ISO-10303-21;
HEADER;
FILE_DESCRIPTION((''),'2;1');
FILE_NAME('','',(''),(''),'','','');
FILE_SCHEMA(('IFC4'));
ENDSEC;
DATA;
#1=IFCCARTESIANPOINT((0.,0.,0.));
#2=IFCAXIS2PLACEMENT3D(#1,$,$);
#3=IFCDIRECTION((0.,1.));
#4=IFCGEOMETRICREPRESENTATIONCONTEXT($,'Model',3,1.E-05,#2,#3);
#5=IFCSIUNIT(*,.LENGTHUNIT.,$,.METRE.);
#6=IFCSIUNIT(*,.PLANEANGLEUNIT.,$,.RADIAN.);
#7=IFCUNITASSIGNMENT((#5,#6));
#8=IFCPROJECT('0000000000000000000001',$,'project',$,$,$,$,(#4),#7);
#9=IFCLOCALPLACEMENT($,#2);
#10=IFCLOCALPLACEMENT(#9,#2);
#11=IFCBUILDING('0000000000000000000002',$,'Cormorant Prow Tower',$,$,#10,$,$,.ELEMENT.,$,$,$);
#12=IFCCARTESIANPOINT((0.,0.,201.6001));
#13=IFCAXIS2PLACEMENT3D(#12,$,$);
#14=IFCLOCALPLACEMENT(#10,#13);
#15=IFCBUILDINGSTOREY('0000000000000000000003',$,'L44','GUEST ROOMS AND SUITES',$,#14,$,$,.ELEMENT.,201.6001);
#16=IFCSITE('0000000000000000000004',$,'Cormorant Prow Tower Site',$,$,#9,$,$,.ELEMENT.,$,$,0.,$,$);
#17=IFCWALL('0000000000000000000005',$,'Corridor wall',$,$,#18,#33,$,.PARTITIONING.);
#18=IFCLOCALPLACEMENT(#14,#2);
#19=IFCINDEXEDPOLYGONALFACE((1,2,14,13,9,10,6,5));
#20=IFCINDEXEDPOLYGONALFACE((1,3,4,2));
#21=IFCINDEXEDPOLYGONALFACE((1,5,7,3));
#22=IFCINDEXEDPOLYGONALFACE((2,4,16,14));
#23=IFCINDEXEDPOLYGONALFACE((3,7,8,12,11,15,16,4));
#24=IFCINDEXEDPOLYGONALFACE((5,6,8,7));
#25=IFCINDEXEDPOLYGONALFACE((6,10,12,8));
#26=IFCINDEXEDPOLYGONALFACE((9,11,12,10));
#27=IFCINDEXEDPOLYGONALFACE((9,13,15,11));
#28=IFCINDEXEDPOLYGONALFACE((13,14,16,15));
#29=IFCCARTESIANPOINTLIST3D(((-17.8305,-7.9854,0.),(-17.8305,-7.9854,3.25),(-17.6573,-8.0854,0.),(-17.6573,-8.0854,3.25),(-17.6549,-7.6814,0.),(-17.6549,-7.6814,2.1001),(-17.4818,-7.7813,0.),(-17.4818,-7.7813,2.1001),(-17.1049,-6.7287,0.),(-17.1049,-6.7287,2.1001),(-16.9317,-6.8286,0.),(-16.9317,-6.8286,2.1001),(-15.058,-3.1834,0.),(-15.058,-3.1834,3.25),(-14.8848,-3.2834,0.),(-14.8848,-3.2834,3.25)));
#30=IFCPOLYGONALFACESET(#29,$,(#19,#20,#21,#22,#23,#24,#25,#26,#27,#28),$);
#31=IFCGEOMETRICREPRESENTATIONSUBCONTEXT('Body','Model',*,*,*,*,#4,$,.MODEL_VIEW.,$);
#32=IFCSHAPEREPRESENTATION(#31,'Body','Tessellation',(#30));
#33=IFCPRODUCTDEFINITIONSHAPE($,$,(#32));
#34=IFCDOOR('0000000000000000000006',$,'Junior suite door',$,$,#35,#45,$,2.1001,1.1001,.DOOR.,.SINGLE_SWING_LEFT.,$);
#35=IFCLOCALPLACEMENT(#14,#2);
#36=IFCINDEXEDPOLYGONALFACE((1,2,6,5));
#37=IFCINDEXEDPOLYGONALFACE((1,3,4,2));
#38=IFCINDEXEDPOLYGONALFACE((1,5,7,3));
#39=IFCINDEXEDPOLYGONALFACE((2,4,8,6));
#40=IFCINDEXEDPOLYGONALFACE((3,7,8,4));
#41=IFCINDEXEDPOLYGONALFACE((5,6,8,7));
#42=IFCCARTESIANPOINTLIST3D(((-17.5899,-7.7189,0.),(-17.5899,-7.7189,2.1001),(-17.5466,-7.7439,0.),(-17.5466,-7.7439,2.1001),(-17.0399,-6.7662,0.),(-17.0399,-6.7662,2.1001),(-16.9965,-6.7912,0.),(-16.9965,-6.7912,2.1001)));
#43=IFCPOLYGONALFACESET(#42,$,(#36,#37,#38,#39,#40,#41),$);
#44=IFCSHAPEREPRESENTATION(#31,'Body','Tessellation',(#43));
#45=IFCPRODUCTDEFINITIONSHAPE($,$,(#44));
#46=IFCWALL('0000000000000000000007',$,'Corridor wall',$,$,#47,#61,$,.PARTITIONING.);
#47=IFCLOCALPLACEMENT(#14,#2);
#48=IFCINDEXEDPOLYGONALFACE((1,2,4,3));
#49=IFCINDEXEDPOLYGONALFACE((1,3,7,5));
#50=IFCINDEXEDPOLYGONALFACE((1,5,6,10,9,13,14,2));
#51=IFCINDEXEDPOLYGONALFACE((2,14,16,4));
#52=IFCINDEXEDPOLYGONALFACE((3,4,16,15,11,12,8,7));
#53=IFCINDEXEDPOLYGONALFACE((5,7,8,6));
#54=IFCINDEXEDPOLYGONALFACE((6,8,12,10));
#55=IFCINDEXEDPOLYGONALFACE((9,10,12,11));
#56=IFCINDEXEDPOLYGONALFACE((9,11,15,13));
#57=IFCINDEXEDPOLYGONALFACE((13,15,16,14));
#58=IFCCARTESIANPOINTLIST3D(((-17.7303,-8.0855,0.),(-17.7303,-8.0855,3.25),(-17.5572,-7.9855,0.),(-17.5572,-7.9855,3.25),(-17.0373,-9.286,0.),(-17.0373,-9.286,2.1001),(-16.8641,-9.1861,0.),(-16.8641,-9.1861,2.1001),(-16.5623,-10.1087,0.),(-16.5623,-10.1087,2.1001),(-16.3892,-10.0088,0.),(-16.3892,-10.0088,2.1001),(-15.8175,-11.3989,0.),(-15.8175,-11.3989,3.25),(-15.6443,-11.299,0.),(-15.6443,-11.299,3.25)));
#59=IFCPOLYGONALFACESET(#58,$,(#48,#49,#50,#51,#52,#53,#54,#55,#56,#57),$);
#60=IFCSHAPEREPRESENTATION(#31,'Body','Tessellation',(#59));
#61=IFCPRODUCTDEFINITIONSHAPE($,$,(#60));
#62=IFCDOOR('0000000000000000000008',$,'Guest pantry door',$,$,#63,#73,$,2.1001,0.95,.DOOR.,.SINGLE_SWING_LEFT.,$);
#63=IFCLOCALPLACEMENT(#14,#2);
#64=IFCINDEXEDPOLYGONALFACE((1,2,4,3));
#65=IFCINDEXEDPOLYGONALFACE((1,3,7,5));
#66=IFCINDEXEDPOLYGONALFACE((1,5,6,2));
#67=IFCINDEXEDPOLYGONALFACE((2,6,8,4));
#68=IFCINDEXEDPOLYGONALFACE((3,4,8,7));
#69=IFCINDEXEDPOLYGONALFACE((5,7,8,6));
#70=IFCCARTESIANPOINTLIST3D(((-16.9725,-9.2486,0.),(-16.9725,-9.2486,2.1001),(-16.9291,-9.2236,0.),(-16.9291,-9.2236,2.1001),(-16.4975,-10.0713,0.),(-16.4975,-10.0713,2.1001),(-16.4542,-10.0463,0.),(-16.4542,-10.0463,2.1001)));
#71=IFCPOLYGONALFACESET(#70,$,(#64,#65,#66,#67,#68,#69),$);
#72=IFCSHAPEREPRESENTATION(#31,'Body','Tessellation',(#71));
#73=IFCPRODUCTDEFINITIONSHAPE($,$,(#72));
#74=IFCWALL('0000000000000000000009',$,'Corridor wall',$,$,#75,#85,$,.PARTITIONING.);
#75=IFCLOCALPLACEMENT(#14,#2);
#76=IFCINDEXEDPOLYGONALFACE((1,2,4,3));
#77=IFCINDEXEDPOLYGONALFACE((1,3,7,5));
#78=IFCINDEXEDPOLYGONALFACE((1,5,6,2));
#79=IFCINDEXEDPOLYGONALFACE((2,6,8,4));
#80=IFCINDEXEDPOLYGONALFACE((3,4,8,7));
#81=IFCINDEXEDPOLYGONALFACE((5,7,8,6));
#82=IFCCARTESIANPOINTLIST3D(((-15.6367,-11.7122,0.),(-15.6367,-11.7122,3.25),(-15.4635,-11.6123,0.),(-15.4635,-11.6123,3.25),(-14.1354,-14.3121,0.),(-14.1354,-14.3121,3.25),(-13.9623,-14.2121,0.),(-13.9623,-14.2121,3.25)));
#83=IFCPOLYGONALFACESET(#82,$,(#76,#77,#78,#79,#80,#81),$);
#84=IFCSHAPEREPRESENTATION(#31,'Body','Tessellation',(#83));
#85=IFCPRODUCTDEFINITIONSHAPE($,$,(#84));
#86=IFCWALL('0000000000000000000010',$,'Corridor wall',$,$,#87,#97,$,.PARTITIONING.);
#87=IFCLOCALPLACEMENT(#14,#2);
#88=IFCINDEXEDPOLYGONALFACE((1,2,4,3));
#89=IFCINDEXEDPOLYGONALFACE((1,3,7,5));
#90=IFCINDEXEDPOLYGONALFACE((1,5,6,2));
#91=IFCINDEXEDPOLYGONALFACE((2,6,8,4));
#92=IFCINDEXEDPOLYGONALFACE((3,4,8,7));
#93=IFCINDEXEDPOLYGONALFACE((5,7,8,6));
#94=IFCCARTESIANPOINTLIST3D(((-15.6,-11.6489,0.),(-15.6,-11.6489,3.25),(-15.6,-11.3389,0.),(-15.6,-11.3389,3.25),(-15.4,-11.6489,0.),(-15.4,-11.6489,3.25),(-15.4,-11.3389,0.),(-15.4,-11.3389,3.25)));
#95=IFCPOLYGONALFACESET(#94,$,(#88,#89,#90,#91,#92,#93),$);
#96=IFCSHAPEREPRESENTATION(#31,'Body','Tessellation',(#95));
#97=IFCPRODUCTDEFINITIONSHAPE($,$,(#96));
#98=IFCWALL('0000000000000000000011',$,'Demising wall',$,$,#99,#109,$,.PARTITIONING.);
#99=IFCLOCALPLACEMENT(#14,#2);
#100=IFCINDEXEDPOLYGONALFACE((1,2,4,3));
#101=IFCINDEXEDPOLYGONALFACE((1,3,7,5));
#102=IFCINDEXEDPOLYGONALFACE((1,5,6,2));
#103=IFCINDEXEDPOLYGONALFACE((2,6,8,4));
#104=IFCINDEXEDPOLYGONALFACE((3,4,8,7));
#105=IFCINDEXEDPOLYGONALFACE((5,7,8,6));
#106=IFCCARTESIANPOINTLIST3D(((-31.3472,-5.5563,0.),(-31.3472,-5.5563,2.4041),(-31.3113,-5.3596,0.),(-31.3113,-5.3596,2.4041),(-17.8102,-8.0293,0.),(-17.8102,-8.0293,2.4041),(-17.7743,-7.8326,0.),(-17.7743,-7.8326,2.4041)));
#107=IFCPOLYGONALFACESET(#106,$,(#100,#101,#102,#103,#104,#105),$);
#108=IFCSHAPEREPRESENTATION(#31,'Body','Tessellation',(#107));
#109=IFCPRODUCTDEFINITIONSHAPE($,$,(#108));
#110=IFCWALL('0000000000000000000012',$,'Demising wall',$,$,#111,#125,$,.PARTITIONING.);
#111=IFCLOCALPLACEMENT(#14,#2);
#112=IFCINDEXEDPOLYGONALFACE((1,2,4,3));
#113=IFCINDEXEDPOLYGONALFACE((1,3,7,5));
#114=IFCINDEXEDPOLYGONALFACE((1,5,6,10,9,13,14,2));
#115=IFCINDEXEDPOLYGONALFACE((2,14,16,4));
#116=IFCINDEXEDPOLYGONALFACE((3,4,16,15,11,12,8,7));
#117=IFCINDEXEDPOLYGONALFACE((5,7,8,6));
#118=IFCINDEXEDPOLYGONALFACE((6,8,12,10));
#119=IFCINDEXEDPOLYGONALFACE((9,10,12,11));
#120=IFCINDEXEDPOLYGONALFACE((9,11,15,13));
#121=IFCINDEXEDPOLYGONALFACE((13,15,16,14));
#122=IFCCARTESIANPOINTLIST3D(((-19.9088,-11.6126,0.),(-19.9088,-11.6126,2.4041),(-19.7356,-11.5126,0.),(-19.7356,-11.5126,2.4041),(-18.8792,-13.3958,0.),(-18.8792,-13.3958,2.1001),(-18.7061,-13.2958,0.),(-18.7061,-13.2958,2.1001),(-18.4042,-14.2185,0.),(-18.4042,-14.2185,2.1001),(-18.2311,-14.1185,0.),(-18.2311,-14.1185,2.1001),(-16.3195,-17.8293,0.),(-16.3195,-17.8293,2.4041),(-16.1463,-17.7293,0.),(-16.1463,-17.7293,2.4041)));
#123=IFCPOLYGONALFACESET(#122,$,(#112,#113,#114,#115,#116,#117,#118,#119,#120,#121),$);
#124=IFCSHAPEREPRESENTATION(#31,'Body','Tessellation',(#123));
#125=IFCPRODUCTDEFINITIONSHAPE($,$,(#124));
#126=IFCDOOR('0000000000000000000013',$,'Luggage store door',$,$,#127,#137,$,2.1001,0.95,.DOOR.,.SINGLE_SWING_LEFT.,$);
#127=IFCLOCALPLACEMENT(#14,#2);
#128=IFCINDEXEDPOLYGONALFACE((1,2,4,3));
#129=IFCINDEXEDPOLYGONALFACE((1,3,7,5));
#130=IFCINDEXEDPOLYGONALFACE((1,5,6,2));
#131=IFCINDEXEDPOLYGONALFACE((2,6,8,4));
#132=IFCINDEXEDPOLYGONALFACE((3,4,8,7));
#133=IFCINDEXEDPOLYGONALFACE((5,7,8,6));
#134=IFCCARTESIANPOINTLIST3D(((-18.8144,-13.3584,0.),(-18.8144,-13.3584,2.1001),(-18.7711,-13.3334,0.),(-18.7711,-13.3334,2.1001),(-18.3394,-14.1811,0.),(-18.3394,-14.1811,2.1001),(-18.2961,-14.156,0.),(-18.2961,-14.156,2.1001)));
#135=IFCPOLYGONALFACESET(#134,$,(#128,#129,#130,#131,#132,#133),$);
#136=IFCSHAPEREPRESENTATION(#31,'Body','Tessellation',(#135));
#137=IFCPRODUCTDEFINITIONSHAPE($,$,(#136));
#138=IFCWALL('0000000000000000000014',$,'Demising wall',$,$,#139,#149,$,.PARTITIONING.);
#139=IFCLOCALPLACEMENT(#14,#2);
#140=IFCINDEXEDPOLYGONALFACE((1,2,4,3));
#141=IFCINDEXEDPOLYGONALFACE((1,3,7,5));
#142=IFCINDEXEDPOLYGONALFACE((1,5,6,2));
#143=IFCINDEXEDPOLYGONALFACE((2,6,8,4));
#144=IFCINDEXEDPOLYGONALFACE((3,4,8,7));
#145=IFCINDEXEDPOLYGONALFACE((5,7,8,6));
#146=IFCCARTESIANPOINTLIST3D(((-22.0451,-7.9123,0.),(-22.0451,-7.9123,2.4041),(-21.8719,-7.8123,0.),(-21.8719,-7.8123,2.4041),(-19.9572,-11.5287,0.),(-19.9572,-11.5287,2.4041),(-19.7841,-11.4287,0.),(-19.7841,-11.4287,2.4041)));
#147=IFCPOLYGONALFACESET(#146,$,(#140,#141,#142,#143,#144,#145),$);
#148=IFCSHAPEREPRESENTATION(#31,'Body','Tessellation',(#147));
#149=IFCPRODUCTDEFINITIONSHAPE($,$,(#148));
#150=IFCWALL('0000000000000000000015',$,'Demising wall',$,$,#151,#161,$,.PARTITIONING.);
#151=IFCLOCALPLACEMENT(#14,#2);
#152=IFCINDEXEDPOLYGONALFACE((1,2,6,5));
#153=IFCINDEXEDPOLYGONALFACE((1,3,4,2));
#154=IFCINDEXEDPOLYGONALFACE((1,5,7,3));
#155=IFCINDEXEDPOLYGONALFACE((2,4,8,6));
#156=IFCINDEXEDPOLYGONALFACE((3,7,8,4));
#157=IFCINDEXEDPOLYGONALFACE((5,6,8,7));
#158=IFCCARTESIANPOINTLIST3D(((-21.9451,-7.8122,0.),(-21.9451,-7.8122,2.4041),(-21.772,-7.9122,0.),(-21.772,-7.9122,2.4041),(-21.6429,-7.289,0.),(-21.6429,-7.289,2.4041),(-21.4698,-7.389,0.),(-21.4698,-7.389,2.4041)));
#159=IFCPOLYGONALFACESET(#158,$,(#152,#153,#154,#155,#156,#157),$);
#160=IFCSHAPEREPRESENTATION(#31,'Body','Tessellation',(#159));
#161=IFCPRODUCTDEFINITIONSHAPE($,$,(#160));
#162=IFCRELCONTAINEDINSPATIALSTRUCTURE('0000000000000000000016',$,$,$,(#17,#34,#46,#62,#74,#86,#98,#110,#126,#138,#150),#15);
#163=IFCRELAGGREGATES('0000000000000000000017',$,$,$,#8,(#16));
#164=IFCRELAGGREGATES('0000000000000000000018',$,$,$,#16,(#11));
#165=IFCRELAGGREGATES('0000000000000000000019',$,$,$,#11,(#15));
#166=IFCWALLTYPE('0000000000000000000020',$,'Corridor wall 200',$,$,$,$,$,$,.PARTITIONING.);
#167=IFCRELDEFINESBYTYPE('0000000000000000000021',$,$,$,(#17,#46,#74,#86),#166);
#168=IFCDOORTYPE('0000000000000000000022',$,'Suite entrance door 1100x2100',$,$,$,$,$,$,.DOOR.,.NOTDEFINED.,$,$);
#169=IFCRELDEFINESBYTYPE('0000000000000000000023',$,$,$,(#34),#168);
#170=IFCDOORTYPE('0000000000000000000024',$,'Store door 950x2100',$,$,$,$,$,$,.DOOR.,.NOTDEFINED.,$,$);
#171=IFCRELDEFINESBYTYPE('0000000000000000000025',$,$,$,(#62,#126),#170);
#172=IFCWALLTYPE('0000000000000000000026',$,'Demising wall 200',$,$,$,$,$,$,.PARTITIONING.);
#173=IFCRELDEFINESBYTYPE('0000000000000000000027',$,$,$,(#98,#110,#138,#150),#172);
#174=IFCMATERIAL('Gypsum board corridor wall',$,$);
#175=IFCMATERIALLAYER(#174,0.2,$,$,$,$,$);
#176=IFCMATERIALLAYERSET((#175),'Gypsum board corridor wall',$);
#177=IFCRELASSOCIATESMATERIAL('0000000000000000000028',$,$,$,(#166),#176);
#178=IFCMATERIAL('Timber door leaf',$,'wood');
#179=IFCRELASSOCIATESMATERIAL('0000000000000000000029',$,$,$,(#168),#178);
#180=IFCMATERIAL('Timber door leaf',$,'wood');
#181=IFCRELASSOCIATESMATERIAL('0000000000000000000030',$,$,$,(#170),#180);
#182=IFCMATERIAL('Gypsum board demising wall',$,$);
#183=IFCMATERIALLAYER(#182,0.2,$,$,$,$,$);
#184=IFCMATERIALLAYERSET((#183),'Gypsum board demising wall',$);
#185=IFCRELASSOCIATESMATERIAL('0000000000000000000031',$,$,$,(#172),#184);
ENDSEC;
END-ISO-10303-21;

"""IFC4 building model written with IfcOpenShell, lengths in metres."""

from ifc_helpers import new_model, si_unit, direction, frame, frame_2d, origin, place, context, subcontext, project, spatial, rectangle, extrude, material, layer, layer_set, type_object, element, fill, save


model = new_model("IFC4")

# Units and contexts
model_context = context("Model", 3, precision=1e-05, world=origin(), true_north=direction((0.0, 1.0)))
body_context = subcontext(model_context, "Body", "Model", "MODEL_VIEW")
ifc_project = project(units=[si_unit("LENGTHUNIT", "METRE"), si_unit("PLANEANGLEUNIT", "RADIAN")], contexts=[model_context])

# Site, building, storey
site_placement = place(None, origin())
site = spatial("IfcSite", under=ifc_project, at=site_placement, Name="Cormorant Prow Tower Site", CompositionType="ELEMENT", RefElevation=0.0)
building_placement = place(site_placement, origin())
building = spatial("IfcBuilding", under=site, at=building_placement, Name="Cormorant Prow Tower", CompositionType="ELEMENT")
storey_placement = place(building_placement, frame((0.0, 0.0, 201.6001)))
storey = spatial("IfcBuildingStorey", under=building, at=storey_placement, Name="L44", Description="GUEST ROOMS AND SUITES", CompositionType="ELEMENT", Elevation=201.6001)

# Walls, openings, doors
ifc_material_1 = material(Name="Gypsum board corridor wall")
ifc_layer_1 = layer(ifc_material_1, 0.2)
ifc_layer_set_1 = layer_set([ifc_layer_1], Name="Gypsum board corridor wall")
wall_type_1 = type_object("IfcWallType", Name="Corridor wall 200", PredefinedType="PARTITIONING", material=ifc_layer_set_1)
wall_1_placement = place(storey_placement, frame((-17.7439, -8.0354, 0.0), z_axis=(0.0, 0.0, 1.0), x_axis=(0.500003, 0.866024, 0.0)))
wall_1 = element("IfcWall", 1, at=wall_1_placement, inside=storey, type_object=wall_type_1, Name="Corridor wall", PredefinedType="PARTITIONING", context=body_context, shape_type="SweptSolid", body=[
    extrude(rectangle(XDim=5.5449, YDim=0.2, at=frame_2d((2.7725, 0.0))), origin(), (0.0, 0.0, 1.0), 3.25),
])
opening_1_placement = place(wall_1_placement, frame((0.3511, 0.0, 0.0)))
opening_1 = element("IfcOpeningElement", 2, at=opening_1_placement, cuts=wall_1, PredefinedType="OPENING", context=body_context, shape_type="SweptSolid", body=[
    extrude(rectangle(XDim=1.1001, YDim=2.1001, at=frame_2d((0.55, 1.05))), frame((0.0, 0.1099, 0.0), z_axis=(0.0, -1.0, 0.0), x_axis=(1.0, 0.0, 0.0)), (0.0, 0.0, 1.0), 0.22),
])
ifc_material_2 = material(Name="Timber door leaf", Category="wood")
door_type_1 = type_object("IfcDoorType", Name="Suite entrance door 1100x2100", OperationType="NOTDEFINED", PredefinedType="DOOR", material=ifc_material_2)
door_1_placement = place(opening_1_placement, origin())
door_1 = element("IfcDoor", 3, at=door_1_placement, inside=storey, type_object=door_type_1, Name="Junior suite door", OperationType="SINGLE_SWING_LEFT", OverallHeight=2.1001, OverallWidth=1.1001, PredefinedType="DOOR", context=body_context, shape_type="SweptSolid", body=[
    extrude(rectangle(XDim=1.1001, YDim=2.1001, at=frame_2d((0.55, 1.05))), frame((0.0, 0.0249, 0.0), z_axis=(0.0, -1.0, 0.0), x_axis=(1.0, 0.0, 0.0)), (0.0, 0.0, 1.0), 0.05),
])
fill(opening_1, door_1)
wall_2_placement = place(storey_placement, frame((-17.6438, -8.0354, 0.0), z_axis=(0.0, 0.0, 1.0), x_axis=(0.499962, -0.866047, 0.0)))
wall_2 = element("IfcWall", 4, at=wall_2_placement, inside=storey, type_object=wall_type_1, Name="Corridor wall", PredefinedType="PARTITIONING", context=body_context, shape_type="SweptSolid", body=[
    extrude(rectangle(XDim=3.8259, YDim=0.2, at=frame_2d((1.9131, 0.0))), origin(), (0.0, 0.0, 1.0), 3.25),
])
opening_2_placement = place(wall_2_placement, frame((1.3862, 0.0, 0.0)))
opening_2 = element("IfcOpeningElement", 5, at=opening_2_placement, cuts=wall_2, PredefinedType="OPENING", context=body_context, shape_type="SweptSolid", body=[
    extrude(rectangle(XDim=0.95, YDim=2.1001, at=frame_2d((0.4751, 1.05))), frame((0.0, 0.1099, 0.0), z_axis=(0.0, -1.0, 0.0), x_axis=(1.0, 0.0, 0.0)), (0.0, 0.0, 1.0), 0.22),
])
ifc_material_3 = material(Name="Timber door leaf", Category="wood")
door_type_2 = type_object("IfcDoorType", Name="Store door 950x2100", OperationType="NOTDEFINED", PredefinedType="DOOR", material=ifc_material_3)
door_2_placement = place(opening_2_placement, origin())
door_2 = element("IfcDoor", 6, at=door_2_placement, inside=storey, type_object=door_type_2, Name="Guest pantry door", OperationType="SINGLE_SWING_LEFT", OverallHeight=2.1001, OverallWidth=0.95, PredefinedType="DOOR", context=body_context, shape_type="SweptSolid", body=[
    extrude(rectangle(XDim=0.95, YDim=2.1001, at=frame_2d((0.4751, 1.05))), frame((0.0, 0.0249, 0.0), z_axis=(0.0, -1.0, 0.0), x_axis=(1.0, 0.0, 0.0)), (0.0, 0.0, 1.0), 0.05),
])
fill(opening_2, door_2)

# Walls
wall_3_placement = place(storey_placement, frame((-15.55, -11.6624, 0.0), z_axis=(0.0, 0.0, 1.0), x_axis=(0.500049, -0.865997, 0.0)))
element("IfcWall", 7, at=wall_3_placement, inside=storey, type_object=wall_type_1, Name="Corridor wall", PredefinedType="PARTITIONING", context=body_context, shape_type="SweptSolid", body=[
    extrude(rectangle(XDim=3.0022, YDim=0.2, at=frame_2d((1.501, 0.0))), origin(), (0.0, 0.0, 1.0), 3.25),
])
wall_4_placement = place(storey_placement, frame((-15.5, -11.6489, 0.0), z_axis=(0.0, 0.0, 1.0), x_axis=(0.0, 1.0, 0.0)))
element("IfcWall", 8, at=wall_4_placement, inside=storey, type_object=wall_type_1, Name="Corridor wall", PredefinedType="PARTITIONING", context=body_context, shape_type="SweptSolid", body=[
    extrude(rectangle(XDim=0.3101, YDim=0.2, at=frame_2d((0.155, 0.0))), origin(), (0.0, 0.0, 1.0), 3.25),
])
ifc_material_4 = material(Name="Gypsum board demising wall")
ifc_layer_2 = layer(ifc_material_4, 0.2)
ifc_layer_set_2 = layer_set([ifc_layer_2], Name="Gypsum board demising wall")
wall_type_2 = type_object("IfcWallType", Name="Demising wall 200", PredefinedType="PARTITIONING", material=ifc_layer_set_2)
wall_5_placement = place(storey_placement, frame((-31.3291, -5.458, 0.0), z_axis=(0.0, 0.0, 1.0), x_axis=(0.983721, -0.179705, 0.0)))
element("IfcWall", 9, at=wall_5_placement, inside=storey, type_object=wall_type_2, Name="Demising wall", PredefinedType="PARTITIONING", context=body_context, shape_type="SweptSolid", body=[
    extrude(rectangle(XDim=13.761, YDim=0.2, at=frame_2d((6.8804, 0.0))), origin(), (0.0, 0.0, 1.0), 2.4041),
])

# Wall, opening, door
wall_6_placement = place(storey_placement, frame((-19.8223, -11.5625, 0.0), z_axis=(0.0, 0.0, 1.0), x_axis=(0.500009, -0.86602, 0.0)))
wall_6 = element("IfcWall", 10, at=wall_6_placement, inside=storey, type_object=wall_type_2, Name="Demising wall", PredefinedType="PARTITIONING", context=body_context, shape_type="SweptSolid", body=[
    extrude(rectangle(XDim=7.1785, YDim=0.2, at=frame_2d((3.5894, 0.0))), origin(), (0.0, 0.0, 1.0), 2.4041),
])
opening_3_placement = place(wall_6_placement, frame((2.0591, 0.0, 0.0)))
opening_3 = element("IfcOpeningElement", 11, at=opening_3_placement, cuts=wall_6, PredefinedType="OPENING", context=body_context, shape_type="SweptSolid", body=[
    extrude(rectangle(XDim=0.95, YDim=2.1001, at=frame_2d((0.4751, 1.05))), frame((0.0, 0.1099, 0.0), z_axis=(0.0, -1.0, 0.0), x_axis=(1.0, 0.0, 0.0)), (0.0, 0.0, 1.0), 0.22),
])
door_3_placement = place(opening_3_placement, origin())
door_3 = element("IfcDoor", 12, at=door_3_placement, inside=storey, type_object=door_type_2, Name="Luggage store door", OperationType="SINGLE_SWING_LEFT", OverallHeight=2.1001, OverallWidth=0.95, PredefinedType="DOOR", context=body_context, shape_type="SweptSolid", body=[
    extrude(rectangle(XDim=0.95, YDim=2.1001, at=frame_2d((0.4751, 1.05))), frame((0.0, 0.0249, 0.0), z_axis=(0.0, -1.0, 0.0), x_axis=(1.0, 0.0, 0.0)), (0.0, 0.0, 1.0), 0.05),
])
fill(opening_3, door_3)

# Walls
wall_7_placement = place(storey_placement, frame((-21.9585, -7.8623, 0.0), z_axis=(0.0, 0.0, 1.0), x_axis=(0.499987, -0.866033, 0.0)))
element("IfcWall", 13, at=wall_7_placement, inside=storey, type_object=wall_type_2, Name="Demising wall", PredefinedType="PARTITIONING", context=body_context, shape_type="SweptSolid", body=[
    extrude(rectangle(XDim=4.1758, YDim=0.2, at=frame_2d((2.0879, 0.0))), origin(), (0.0, 0.0, 1.0), 2.4041),
])
wall_8_placement = place(storey_placement, frame((-21.8586, -7.8623, 0.0), z_axis=(0.0, 0.0, 1.0), x_axis=(0.500224, 0.865896, 0.0)))
element("IfcWall", 14, at=wall_8_placement, inside=storey, type_object=wall_type_2, Name="Demising wall", PredefinedType="PARTITIONING", context=body_context, shape_type="SweptSolid", body=[
    extrude(rectangle(XDim=0.6042, YDim=0.2, at=frame_2d((0.3022, 0.0))), origin(), (0.0, 0.0, 1.0), 2.4041),
])

save(model, "model.ifc")
